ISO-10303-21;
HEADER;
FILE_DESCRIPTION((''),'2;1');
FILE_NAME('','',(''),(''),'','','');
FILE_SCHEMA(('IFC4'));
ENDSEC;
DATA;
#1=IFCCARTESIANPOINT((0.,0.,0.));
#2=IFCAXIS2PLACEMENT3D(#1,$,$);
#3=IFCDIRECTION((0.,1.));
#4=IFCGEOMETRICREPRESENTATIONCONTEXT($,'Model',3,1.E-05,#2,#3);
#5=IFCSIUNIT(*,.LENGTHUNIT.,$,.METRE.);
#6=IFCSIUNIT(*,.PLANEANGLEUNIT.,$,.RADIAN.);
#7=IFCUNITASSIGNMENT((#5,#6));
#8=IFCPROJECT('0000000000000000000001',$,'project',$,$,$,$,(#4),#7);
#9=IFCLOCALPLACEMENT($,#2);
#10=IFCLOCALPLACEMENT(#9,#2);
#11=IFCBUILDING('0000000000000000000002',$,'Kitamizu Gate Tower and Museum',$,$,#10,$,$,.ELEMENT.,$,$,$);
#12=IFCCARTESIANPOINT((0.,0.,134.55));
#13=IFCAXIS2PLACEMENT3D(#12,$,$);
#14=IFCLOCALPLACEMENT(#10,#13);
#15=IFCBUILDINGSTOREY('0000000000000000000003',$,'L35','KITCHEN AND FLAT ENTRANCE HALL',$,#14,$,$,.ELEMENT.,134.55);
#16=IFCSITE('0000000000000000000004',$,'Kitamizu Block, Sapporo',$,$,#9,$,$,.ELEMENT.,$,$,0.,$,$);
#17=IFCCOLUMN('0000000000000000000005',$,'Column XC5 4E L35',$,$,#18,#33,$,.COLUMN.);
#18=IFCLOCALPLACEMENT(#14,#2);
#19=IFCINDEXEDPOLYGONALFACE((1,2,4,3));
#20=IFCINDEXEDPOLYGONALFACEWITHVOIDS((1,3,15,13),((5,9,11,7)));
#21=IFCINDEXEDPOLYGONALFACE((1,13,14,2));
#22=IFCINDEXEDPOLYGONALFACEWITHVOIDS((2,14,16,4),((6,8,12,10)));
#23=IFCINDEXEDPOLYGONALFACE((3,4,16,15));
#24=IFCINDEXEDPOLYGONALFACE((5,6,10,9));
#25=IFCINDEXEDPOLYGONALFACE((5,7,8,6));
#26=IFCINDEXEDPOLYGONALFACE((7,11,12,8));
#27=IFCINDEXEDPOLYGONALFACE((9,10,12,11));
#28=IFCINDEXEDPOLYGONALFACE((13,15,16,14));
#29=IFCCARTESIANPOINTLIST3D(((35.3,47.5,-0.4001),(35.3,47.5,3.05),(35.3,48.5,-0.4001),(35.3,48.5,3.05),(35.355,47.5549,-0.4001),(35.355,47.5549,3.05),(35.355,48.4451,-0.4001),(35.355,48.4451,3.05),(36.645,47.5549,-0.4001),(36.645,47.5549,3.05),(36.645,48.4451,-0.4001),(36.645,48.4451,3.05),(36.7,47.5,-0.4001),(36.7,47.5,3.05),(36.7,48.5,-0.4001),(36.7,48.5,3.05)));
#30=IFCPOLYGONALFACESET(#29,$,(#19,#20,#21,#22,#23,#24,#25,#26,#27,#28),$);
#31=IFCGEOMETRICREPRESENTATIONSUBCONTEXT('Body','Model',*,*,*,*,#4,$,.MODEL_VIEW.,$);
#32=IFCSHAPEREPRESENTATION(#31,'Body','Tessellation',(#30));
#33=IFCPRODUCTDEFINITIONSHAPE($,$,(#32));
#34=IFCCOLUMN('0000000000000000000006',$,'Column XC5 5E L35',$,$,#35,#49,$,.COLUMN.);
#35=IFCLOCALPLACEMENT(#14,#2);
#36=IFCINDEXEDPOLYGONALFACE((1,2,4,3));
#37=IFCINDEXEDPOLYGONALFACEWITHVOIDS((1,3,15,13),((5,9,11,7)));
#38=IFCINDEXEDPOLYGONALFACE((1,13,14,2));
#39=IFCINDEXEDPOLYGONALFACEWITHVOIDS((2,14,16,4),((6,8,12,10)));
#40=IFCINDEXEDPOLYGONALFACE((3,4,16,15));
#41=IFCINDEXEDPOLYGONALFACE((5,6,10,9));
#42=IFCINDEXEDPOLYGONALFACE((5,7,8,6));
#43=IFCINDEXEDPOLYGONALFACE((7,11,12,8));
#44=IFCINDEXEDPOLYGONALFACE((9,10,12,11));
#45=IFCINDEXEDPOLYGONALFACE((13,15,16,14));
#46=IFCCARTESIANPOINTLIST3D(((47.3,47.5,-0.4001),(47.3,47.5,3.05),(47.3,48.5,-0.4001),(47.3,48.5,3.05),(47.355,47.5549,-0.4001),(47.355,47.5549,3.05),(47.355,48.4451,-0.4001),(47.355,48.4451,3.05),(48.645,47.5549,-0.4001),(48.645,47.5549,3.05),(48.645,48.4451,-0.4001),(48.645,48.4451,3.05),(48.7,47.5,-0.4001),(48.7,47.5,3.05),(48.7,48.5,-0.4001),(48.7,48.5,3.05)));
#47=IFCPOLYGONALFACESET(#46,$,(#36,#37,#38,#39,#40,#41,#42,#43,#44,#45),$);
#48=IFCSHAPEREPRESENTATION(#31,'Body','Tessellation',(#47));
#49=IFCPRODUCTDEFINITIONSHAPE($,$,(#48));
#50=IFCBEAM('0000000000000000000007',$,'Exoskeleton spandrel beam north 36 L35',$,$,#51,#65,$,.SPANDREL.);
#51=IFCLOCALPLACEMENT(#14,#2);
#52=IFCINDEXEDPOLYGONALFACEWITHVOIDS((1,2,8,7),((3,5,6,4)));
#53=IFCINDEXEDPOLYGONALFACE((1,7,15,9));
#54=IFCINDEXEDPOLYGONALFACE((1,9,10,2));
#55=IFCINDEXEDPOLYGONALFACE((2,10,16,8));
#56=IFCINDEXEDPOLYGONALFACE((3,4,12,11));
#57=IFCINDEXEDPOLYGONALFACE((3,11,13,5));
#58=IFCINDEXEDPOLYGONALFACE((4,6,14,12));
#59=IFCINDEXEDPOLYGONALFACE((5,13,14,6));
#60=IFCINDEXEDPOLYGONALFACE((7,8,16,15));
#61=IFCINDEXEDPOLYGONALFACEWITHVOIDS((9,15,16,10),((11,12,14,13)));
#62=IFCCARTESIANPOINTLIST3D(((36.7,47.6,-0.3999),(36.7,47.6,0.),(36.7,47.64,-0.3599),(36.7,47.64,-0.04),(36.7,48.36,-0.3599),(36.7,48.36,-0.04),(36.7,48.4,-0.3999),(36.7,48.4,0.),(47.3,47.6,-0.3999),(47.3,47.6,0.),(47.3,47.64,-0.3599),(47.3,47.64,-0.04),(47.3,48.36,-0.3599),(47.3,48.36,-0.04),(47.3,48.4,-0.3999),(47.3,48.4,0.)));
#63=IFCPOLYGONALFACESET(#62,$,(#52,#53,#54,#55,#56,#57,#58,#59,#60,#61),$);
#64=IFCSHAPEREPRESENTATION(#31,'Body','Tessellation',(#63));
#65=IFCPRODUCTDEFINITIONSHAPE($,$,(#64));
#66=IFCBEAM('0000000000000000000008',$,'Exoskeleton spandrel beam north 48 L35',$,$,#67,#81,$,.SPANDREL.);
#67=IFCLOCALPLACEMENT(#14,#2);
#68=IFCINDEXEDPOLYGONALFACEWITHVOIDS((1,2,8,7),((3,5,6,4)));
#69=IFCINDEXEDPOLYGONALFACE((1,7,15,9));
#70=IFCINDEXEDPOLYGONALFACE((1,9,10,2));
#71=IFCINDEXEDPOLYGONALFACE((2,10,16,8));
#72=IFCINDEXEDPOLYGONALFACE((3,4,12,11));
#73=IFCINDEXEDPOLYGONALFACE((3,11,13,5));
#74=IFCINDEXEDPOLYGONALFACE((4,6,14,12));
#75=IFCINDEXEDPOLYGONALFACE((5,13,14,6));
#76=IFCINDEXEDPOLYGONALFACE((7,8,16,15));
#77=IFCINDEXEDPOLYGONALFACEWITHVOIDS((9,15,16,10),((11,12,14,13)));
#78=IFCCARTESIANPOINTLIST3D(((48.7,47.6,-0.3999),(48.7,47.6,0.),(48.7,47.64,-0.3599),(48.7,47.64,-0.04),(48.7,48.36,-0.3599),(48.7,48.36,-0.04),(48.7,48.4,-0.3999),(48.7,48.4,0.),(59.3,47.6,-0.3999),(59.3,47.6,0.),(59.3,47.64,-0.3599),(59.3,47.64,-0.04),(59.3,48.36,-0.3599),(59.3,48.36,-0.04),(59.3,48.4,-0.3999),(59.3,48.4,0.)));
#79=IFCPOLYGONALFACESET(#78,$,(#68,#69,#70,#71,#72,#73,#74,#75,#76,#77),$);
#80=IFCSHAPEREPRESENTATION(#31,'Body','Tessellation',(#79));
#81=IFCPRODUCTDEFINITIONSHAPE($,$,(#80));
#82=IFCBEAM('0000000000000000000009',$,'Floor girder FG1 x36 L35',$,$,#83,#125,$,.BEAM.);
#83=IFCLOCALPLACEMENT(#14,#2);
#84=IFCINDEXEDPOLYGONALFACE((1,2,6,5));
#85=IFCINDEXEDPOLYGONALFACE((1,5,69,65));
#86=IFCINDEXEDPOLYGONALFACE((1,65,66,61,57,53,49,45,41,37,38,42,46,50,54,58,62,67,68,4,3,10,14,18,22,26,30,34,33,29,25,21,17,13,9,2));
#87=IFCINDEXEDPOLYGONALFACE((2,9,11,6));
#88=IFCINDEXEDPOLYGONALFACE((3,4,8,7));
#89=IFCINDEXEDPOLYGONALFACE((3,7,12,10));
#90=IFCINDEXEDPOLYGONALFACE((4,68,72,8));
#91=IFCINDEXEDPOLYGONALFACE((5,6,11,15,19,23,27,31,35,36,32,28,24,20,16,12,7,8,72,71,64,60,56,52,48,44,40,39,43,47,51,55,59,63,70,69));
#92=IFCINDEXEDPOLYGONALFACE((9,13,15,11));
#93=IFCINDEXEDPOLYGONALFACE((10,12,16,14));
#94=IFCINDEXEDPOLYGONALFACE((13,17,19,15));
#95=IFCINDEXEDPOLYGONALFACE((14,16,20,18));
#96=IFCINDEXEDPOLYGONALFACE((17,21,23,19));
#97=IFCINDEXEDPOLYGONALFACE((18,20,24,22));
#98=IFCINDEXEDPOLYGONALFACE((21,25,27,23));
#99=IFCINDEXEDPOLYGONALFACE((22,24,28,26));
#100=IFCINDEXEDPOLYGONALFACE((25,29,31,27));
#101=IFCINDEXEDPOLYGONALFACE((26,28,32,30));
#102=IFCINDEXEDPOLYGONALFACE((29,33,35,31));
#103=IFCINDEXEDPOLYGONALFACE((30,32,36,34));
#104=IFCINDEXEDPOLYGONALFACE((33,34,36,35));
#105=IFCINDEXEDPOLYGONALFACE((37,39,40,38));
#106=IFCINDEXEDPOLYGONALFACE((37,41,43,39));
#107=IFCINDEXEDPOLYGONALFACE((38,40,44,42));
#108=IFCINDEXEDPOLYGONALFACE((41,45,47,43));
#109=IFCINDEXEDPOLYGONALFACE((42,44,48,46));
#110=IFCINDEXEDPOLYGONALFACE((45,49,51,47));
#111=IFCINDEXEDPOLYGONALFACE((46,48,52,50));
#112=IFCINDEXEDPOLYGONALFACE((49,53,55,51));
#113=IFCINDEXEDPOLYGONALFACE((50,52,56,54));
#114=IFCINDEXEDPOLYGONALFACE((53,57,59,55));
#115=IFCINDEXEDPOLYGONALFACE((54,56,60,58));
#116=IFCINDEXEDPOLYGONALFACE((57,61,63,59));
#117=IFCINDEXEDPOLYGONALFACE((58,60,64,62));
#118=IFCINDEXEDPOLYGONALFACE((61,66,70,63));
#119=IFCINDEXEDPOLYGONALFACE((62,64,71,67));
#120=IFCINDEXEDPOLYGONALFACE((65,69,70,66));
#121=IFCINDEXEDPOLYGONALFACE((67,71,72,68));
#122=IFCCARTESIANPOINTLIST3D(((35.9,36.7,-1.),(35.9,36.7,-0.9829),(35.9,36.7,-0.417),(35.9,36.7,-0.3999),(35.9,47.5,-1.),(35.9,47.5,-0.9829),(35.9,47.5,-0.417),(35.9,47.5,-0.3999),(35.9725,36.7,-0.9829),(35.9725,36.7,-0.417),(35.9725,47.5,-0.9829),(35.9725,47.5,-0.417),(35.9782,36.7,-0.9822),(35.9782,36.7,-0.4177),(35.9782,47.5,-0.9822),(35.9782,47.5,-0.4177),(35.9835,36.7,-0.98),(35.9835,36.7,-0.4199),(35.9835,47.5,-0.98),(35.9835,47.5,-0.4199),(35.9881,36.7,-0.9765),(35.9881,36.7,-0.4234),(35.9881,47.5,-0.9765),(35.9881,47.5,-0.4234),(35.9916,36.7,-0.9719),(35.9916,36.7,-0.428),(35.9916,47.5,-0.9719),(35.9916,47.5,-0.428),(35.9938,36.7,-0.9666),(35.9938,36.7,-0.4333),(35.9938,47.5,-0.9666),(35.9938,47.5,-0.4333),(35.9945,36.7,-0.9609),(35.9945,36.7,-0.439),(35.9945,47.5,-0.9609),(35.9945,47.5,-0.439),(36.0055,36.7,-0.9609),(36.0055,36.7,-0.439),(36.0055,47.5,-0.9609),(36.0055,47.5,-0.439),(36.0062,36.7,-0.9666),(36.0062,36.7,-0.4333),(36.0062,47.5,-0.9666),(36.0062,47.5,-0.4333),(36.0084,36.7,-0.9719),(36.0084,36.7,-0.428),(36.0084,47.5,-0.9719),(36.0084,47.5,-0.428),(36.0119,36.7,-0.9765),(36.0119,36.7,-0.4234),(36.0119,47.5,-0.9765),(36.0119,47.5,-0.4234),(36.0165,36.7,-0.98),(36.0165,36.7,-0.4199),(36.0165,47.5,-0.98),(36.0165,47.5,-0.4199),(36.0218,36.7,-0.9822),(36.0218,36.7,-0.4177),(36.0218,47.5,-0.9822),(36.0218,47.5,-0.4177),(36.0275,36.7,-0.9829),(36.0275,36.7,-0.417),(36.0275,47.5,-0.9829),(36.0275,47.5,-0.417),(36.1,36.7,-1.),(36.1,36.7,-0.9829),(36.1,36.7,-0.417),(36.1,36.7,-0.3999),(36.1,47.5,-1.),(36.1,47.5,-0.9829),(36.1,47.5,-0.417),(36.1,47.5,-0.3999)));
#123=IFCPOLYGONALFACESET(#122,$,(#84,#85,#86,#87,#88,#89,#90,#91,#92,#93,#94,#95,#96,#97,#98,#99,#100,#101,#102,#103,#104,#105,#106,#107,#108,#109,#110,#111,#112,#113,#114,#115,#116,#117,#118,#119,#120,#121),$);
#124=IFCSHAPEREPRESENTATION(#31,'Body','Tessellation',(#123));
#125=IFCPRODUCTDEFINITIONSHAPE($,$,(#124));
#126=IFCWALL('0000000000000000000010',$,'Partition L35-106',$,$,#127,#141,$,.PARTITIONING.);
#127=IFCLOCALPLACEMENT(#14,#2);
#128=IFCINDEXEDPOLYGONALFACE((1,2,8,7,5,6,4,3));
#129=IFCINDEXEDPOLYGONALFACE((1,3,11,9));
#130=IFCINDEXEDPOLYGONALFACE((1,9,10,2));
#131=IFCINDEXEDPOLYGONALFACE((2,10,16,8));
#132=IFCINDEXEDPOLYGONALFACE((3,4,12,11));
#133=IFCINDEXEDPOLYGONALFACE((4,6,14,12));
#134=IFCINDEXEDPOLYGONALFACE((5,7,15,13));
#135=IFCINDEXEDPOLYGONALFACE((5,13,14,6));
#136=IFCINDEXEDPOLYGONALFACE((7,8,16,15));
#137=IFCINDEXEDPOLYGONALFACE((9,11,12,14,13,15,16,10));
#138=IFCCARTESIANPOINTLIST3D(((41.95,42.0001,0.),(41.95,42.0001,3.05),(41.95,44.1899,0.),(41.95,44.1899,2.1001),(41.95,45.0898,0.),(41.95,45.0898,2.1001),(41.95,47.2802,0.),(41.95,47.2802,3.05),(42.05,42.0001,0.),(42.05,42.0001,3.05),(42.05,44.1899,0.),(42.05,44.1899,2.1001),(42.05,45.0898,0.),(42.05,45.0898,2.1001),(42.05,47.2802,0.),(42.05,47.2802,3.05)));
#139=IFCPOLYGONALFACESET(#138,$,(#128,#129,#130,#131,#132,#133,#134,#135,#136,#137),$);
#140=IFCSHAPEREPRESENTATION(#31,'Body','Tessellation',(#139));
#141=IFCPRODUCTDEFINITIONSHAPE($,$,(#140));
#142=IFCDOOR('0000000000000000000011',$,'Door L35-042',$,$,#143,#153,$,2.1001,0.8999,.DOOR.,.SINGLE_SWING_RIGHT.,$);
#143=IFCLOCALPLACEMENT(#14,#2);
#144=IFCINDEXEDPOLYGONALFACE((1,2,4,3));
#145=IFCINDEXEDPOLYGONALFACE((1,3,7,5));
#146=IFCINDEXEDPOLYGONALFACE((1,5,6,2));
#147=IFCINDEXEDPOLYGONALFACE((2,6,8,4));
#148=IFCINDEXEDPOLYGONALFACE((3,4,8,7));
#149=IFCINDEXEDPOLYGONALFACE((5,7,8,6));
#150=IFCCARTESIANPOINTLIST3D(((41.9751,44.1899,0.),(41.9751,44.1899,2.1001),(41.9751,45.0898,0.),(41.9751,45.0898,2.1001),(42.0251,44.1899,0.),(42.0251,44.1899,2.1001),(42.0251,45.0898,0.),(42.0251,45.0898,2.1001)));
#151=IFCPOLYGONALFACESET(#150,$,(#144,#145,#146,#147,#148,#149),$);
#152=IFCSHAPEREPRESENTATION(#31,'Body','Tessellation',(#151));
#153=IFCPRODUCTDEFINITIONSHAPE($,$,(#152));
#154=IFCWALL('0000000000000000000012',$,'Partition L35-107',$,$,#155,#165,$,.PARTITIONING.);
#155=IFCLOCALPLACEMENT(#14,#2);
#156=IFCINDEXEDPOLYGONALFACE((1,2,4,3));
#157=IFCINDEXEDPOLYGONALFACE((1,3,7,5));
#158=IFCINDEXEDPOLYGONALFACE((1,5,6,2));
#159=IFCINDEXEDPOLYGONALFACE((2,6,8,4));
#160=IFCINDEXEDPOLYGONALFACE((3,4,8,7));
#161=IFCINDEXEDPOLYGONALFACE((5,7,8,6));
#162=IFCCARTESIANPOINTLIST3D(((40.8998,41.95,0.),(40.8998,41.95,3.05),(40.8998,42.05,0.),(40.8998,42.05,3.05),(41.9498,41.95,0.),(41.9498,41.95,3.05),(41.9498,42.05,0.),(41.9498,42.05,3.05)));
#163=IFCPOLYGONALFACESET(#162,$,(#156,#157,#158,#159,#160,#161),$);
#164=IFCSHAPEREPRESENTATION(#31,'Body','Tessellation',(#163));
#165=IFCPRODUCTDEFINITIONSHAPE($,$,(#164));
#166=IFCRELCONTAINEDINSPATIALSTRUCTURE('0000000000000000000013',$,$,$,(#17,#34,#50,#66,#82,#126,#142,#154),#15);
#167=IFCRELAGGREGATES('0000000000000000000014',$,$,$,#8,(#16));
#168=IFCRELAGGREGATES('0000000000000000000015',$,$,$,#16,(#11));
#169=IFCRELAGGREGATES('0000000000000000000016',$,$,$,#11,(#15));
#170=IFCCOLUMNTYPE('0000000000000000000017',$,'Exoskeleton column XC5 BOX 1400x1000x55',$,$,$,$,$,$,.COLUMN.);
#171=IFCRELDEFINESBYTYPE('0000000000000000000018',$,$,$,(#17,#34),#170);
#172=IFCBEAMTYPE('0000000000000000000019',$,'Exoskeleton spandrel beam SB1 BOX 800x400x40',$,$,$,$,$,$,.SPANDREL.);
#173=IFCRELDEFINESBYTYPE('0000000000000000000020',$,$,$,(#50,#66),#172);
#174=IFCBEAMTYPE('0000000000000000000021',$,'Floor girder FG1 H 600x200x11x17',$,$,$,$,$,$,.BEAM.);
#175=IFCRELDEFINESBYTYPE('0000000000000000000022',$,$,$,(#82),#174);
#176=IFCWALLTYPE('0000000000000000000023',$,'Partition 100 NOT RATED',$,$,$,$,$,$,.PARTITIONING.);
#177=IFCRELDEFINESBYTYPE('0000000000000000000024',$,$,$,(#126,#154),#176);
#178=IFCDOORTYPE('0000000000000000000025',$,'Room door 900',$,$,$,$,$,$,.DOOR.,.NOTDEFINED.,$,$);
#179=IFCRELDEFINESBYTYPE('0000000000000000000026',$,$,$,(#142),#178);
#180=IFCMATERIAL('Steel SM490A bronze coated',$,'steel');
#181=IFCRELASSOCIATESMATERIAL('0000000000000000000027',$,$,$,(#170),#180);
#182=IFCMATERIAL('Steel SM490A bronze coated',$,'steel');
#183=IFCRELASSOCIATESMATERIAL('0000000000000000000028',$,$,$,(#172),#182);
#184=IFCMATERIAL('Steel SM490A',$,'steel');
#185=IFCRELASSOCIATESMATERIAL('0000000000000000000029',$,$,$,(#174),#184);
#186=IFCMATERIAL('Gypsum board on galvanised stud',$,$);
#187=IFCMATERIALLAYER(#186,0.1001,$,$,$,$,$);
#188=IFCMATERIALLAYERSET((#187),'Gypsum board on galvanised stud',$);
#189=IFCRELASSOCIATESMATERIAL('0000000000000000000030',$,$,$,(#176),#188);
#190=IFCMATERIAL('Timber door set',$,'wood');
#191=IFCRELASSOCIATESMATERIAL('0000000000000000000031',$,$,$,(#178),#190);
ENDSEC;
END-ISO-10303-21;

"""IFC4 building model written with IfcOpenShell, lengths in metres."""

from ifc_helpers import new_model, si_unit, direction, frame, frame_2d, origin, origin_2d, place, context, subcontext, project, spatial, rectangle, hollow_rectangle, i_section, extrude, material, layer, layer_set, material_profile, profile_set, type_object, element, fill, save


model = new_model("IFC4")

# Units and contexts
model_context = context("Model", 3, precision=1e-05, world=origin(), true_north=direction((0.0, 1.0)))
body_context = subcontext(model_context, "Body", "Model", "MODEL_VIEW")
ifc_project = project(units=[si_unit("LENGTHUNIT", "METRE"), si_unit("PLANEANGLEUNIT", "RADIAN")], contexts=[model_context])

# Site, building, storey
site_placement = place(None, origin())
site = spatial("IfcSite", under=ifc_project, at=site_placement, Name="Kitamizu Block, Sapporo", CompositionType="ELEMENT", RefElevation=0.0)
building_placement = place(site_placement, origin())
building = spatial("IfcBuilding", under=site, at=building_placement, Name="Kitamizu Gate Tower and Museum", CompositionType="ELEMENT")
storey_placement = place(building_placement, frame((0.0, 0.0, 134.55)))
storey = spatial("IfcBuildingStorey", under=building, at=storey_placement, Name="L35", Description="KITCHEN AND FLAT ENTRANCE HALL", CompositionType="ELEMENT", Elevation=134.55)

# Columns
ifc_material_1 = material(Name="Steel SM490A bronze coated", Category="steel")
ifc_material_profile_1 = material_profile(ifc_material_1, hollow_rectangle(XDim=1.3999, YDim=1.0, WallThickness=0.0549, at=origin_2d()), Name="BOX 1400x1000x55")
ifc_profile_set_1 = profile_set([ifc_material_profile_1], Name="Steel SM490A bronze coated")
column_type = type_object("IfcColumnType", Name="Exoskeleton column XC5 BOX 1400x1000x55", PredefinedType="COLUMN", material=ifc_profile_set_1)
for number, where, z_axis, x_axis, name in (
    (1, (36.0, 48.0, -0.4001), (0.0, 0.0, 1.0), (1.0, 0.0, 0.0), "Column XC5 4E L35"),
    (2, (48.0, 48.0, -0.4001), (0.0, 0.0, 1.0), (1.0, 0.0, 0.0), "Column XC5 5E L35"),
):
    element("IfcColumn", number, at=place(storey_placement, frame(where, z_axis=z_axis, x_axis=x_axis)), inside=storey, type_object=column_type, Name=name, PredefinedType="COLUMN", context=body_context, shape_type="SweptSolid", body=[
        extrude(hollow_rectangle(XDim=1.3999, YDim=1.0, WallThickness=0.0549, at=origin_2d()), origin(), (0.0, 0.0, 1.0), 3.4502),
    ])

# Beams
ifc_material_2 = material(Name="Steel SM490A bronze coated", Category="steel")
ifc_material_profile_2 = material_profile(ifc_material_2, hollow_rectangle(XDim=0.8, YDim=0.3999, WallThickness=0.04, at=origin_2d()), Name="BOX 800x400x40")
ifc_profile_set_2 = profile_set([ifc_material_profile_2], Name="Steel SM490A bronze coated")
beam_type_1 = type_object("IfcBeamType", Name="Exoskeleton spandrel beam SB1 BOX 800x400x40", PredefinedType="SPANDREL", material=ifc_profile_set_2)
for number, where, z_axis, x_axis, name in (
    (3, (36.7, 48.0, -0.2), (1.0, 0.0, 0.0), (0.0, 1.0, 0.0), "Exoskeleton spandrel beam north 36 L35"),
    (4, (48.7, 48.0, -0.2), (1.0, 0.0, 0.0), (0.0, 1.0, 0.0), "Exoskeleton spandrel beam north 48 L35"),
):
    element("IfcBeam", number, at=place(storey_placement, frame(where, z_axis=z_axis, x_axis=x_axis)), inside=storey, type_object=beam_type_1, Name=name, PredefinedType="SPANDREL", context=body_context, shape_type="SweptSolid", body=[
        extrude(hollow_rectangle(XDim=0.8, YDim=0.3999, WallThickness=0.04, at=origin_2d()), origin(), (0.0, 0.0, 1.0), 10.6001),
    ])
ifc_material_3 = material(Name="Steel SM490A", Category="steel")
ifc_material_profile_3 = material_profile(ifc_material_3, i_section(OverallWidth=0.2, OverallDepth=0.6001, WebThickness=0.011, FlangeThickness=0.0171, FilletRadius=0.022, at=origin_2d()), Name="H-600x200x11x17")
ifc_profile_set_3 = profile_set([ifc_material_profile_3], Name="Steel SM490A")
beam_type_2 = type_object("IfcBeamType", Name="Floor girder FG1 H 600x200x11x17", PredefinedType="BEAM", material=ifc_profile_set_3)
beam_placement = place(storey_placement, frame((36.0, 36.7, -0.7), z_axis=(0.0, 1.0, 0.0), x_axis=(-1.0, 0.0, 0.0)))
element("IfcBeam", 5, at=beam_placement, inside=storey, type_object=beam_type_2, Name="Floor girder FG1 x36 L35", PredefinedType="BEAM", context=body_context, shape_type="SweptSolid", body=[
    extrude(i_section(OverallWidth=0.2, OverallDepth=0.6001, WebThickness=0.011, FlangeThickness=0.0171, FilletRadius=0.022, at=origin_2d()), origin(), (0.0, 0.0, 1.0), 10.8),
])

# Wall, opening, door
ifc_material_4 = material(Name="Gypsum board on galvanised stud")
ifc_layer_1 = layer(ifc_material_4, 0.1001)
ifc_layer_set_1 = layer_set([ifc_layer_1], Name="Gypsum board on galvanised stud")
wall_type_1 = type_object("IfcWallType", Name="Partition 100 NOT RATED", PredefinedType="PARTITIONING", material=ifc_layer_set_1)
wall_1_placement = place(storey_placement, frame((42.0, 42.0, 0.0), z_axis=(0.0, 0.0, 1.0), x_axis=(0.0, 1.0, 0.0)))
wall_1 = element("IfcWall", 6, at=wall_1_placement, inside=storey, type_object=wall_type_1, Name="Partition L35-106", PredefinedType="PARTITIONING", context=body_context, shape_type="SweptSolid", body=[
    extrude(rectangle(XDim=5.28, YDim=0.1001, at=frame_2d((2.6401, 0.0))), origin(), (0.0, 0.0, 1.0), 3.05),
])
opening_1_placement = place(wall_1_placement, frame((2.1899, 0.0, 0.0)))
opening_1 = element("IfcOpeningElement", 7, at=opening_1_placement, cuts=wall_1, PredefinedType="OPENING", context=body_context, shape_type="SweptSolid", body=[
    extrude(rectangle(XDim=0.8999, YDim=2.1001, at=frame_2d((0.45, 1.05))), frame((0.0, 0.0601, 0.0), z_axis=(0.0, -1.0, 0.0), x_axis=(1.0, 0.0, 0.0)), (0.0, 0.0, 1.0), 0.1201),
])
ifc_material_5 = material(Name="Timber door set", Category="wood")
door_type_1 = type_object("IfcDoorType", Name="Room door 900", OperationType="NOTDEFINED", PredefinedType="DOOR", material=ifc_material_5)
door_1_placement = place(opening_1_placement, origin())
door_1 = element("IfcDoor", 8, at=door_1_placement, inside=storey, type_object=door_type_1, Name="Door L35-042", OperationType="SINGLE_SWING_RIGHT", OverallHeight=2.1001, OverallWidth=0.8999, PredefinedType="DOOR", context=body_context, shape_type="SweptSolid", body=[
    extrude(rectangle(XDim=0.8999, YDim=2.1001, at=frame_2d((0.45, 1.05))), frame((0.0, 0.0249, 0.0), z_axis=(0.0, -1.0, 0.0), x_axis=(1.0, 0.0, 0.0)), (0.0, 0.0, 1.0), 0.05),
])
fill(opening_1, door_1)

# Wall
wall_2_placement = place(storey_placement, frame((40.8999, 42.0, 0.0), z_axis=(0.0, 0.0, 1.0), x_axis=(1.0, 0.0, 0.0)))
element("IfcWall", 9, at=wall_2_placement, inside=storey, type_object=wall_type_1, Name="Partition L35-107", PredefinedType="PARTITIONING", context=body_context, shape_type="SweptSolid", body=[
    extrude(rectangle(XDim=1.05, YDim=0.1001, at=frame_2d((0.5249, 0.0))), origin(), (0.0, 0.0, 1.0), 3.05),
])

save(model, "model.ifc")
